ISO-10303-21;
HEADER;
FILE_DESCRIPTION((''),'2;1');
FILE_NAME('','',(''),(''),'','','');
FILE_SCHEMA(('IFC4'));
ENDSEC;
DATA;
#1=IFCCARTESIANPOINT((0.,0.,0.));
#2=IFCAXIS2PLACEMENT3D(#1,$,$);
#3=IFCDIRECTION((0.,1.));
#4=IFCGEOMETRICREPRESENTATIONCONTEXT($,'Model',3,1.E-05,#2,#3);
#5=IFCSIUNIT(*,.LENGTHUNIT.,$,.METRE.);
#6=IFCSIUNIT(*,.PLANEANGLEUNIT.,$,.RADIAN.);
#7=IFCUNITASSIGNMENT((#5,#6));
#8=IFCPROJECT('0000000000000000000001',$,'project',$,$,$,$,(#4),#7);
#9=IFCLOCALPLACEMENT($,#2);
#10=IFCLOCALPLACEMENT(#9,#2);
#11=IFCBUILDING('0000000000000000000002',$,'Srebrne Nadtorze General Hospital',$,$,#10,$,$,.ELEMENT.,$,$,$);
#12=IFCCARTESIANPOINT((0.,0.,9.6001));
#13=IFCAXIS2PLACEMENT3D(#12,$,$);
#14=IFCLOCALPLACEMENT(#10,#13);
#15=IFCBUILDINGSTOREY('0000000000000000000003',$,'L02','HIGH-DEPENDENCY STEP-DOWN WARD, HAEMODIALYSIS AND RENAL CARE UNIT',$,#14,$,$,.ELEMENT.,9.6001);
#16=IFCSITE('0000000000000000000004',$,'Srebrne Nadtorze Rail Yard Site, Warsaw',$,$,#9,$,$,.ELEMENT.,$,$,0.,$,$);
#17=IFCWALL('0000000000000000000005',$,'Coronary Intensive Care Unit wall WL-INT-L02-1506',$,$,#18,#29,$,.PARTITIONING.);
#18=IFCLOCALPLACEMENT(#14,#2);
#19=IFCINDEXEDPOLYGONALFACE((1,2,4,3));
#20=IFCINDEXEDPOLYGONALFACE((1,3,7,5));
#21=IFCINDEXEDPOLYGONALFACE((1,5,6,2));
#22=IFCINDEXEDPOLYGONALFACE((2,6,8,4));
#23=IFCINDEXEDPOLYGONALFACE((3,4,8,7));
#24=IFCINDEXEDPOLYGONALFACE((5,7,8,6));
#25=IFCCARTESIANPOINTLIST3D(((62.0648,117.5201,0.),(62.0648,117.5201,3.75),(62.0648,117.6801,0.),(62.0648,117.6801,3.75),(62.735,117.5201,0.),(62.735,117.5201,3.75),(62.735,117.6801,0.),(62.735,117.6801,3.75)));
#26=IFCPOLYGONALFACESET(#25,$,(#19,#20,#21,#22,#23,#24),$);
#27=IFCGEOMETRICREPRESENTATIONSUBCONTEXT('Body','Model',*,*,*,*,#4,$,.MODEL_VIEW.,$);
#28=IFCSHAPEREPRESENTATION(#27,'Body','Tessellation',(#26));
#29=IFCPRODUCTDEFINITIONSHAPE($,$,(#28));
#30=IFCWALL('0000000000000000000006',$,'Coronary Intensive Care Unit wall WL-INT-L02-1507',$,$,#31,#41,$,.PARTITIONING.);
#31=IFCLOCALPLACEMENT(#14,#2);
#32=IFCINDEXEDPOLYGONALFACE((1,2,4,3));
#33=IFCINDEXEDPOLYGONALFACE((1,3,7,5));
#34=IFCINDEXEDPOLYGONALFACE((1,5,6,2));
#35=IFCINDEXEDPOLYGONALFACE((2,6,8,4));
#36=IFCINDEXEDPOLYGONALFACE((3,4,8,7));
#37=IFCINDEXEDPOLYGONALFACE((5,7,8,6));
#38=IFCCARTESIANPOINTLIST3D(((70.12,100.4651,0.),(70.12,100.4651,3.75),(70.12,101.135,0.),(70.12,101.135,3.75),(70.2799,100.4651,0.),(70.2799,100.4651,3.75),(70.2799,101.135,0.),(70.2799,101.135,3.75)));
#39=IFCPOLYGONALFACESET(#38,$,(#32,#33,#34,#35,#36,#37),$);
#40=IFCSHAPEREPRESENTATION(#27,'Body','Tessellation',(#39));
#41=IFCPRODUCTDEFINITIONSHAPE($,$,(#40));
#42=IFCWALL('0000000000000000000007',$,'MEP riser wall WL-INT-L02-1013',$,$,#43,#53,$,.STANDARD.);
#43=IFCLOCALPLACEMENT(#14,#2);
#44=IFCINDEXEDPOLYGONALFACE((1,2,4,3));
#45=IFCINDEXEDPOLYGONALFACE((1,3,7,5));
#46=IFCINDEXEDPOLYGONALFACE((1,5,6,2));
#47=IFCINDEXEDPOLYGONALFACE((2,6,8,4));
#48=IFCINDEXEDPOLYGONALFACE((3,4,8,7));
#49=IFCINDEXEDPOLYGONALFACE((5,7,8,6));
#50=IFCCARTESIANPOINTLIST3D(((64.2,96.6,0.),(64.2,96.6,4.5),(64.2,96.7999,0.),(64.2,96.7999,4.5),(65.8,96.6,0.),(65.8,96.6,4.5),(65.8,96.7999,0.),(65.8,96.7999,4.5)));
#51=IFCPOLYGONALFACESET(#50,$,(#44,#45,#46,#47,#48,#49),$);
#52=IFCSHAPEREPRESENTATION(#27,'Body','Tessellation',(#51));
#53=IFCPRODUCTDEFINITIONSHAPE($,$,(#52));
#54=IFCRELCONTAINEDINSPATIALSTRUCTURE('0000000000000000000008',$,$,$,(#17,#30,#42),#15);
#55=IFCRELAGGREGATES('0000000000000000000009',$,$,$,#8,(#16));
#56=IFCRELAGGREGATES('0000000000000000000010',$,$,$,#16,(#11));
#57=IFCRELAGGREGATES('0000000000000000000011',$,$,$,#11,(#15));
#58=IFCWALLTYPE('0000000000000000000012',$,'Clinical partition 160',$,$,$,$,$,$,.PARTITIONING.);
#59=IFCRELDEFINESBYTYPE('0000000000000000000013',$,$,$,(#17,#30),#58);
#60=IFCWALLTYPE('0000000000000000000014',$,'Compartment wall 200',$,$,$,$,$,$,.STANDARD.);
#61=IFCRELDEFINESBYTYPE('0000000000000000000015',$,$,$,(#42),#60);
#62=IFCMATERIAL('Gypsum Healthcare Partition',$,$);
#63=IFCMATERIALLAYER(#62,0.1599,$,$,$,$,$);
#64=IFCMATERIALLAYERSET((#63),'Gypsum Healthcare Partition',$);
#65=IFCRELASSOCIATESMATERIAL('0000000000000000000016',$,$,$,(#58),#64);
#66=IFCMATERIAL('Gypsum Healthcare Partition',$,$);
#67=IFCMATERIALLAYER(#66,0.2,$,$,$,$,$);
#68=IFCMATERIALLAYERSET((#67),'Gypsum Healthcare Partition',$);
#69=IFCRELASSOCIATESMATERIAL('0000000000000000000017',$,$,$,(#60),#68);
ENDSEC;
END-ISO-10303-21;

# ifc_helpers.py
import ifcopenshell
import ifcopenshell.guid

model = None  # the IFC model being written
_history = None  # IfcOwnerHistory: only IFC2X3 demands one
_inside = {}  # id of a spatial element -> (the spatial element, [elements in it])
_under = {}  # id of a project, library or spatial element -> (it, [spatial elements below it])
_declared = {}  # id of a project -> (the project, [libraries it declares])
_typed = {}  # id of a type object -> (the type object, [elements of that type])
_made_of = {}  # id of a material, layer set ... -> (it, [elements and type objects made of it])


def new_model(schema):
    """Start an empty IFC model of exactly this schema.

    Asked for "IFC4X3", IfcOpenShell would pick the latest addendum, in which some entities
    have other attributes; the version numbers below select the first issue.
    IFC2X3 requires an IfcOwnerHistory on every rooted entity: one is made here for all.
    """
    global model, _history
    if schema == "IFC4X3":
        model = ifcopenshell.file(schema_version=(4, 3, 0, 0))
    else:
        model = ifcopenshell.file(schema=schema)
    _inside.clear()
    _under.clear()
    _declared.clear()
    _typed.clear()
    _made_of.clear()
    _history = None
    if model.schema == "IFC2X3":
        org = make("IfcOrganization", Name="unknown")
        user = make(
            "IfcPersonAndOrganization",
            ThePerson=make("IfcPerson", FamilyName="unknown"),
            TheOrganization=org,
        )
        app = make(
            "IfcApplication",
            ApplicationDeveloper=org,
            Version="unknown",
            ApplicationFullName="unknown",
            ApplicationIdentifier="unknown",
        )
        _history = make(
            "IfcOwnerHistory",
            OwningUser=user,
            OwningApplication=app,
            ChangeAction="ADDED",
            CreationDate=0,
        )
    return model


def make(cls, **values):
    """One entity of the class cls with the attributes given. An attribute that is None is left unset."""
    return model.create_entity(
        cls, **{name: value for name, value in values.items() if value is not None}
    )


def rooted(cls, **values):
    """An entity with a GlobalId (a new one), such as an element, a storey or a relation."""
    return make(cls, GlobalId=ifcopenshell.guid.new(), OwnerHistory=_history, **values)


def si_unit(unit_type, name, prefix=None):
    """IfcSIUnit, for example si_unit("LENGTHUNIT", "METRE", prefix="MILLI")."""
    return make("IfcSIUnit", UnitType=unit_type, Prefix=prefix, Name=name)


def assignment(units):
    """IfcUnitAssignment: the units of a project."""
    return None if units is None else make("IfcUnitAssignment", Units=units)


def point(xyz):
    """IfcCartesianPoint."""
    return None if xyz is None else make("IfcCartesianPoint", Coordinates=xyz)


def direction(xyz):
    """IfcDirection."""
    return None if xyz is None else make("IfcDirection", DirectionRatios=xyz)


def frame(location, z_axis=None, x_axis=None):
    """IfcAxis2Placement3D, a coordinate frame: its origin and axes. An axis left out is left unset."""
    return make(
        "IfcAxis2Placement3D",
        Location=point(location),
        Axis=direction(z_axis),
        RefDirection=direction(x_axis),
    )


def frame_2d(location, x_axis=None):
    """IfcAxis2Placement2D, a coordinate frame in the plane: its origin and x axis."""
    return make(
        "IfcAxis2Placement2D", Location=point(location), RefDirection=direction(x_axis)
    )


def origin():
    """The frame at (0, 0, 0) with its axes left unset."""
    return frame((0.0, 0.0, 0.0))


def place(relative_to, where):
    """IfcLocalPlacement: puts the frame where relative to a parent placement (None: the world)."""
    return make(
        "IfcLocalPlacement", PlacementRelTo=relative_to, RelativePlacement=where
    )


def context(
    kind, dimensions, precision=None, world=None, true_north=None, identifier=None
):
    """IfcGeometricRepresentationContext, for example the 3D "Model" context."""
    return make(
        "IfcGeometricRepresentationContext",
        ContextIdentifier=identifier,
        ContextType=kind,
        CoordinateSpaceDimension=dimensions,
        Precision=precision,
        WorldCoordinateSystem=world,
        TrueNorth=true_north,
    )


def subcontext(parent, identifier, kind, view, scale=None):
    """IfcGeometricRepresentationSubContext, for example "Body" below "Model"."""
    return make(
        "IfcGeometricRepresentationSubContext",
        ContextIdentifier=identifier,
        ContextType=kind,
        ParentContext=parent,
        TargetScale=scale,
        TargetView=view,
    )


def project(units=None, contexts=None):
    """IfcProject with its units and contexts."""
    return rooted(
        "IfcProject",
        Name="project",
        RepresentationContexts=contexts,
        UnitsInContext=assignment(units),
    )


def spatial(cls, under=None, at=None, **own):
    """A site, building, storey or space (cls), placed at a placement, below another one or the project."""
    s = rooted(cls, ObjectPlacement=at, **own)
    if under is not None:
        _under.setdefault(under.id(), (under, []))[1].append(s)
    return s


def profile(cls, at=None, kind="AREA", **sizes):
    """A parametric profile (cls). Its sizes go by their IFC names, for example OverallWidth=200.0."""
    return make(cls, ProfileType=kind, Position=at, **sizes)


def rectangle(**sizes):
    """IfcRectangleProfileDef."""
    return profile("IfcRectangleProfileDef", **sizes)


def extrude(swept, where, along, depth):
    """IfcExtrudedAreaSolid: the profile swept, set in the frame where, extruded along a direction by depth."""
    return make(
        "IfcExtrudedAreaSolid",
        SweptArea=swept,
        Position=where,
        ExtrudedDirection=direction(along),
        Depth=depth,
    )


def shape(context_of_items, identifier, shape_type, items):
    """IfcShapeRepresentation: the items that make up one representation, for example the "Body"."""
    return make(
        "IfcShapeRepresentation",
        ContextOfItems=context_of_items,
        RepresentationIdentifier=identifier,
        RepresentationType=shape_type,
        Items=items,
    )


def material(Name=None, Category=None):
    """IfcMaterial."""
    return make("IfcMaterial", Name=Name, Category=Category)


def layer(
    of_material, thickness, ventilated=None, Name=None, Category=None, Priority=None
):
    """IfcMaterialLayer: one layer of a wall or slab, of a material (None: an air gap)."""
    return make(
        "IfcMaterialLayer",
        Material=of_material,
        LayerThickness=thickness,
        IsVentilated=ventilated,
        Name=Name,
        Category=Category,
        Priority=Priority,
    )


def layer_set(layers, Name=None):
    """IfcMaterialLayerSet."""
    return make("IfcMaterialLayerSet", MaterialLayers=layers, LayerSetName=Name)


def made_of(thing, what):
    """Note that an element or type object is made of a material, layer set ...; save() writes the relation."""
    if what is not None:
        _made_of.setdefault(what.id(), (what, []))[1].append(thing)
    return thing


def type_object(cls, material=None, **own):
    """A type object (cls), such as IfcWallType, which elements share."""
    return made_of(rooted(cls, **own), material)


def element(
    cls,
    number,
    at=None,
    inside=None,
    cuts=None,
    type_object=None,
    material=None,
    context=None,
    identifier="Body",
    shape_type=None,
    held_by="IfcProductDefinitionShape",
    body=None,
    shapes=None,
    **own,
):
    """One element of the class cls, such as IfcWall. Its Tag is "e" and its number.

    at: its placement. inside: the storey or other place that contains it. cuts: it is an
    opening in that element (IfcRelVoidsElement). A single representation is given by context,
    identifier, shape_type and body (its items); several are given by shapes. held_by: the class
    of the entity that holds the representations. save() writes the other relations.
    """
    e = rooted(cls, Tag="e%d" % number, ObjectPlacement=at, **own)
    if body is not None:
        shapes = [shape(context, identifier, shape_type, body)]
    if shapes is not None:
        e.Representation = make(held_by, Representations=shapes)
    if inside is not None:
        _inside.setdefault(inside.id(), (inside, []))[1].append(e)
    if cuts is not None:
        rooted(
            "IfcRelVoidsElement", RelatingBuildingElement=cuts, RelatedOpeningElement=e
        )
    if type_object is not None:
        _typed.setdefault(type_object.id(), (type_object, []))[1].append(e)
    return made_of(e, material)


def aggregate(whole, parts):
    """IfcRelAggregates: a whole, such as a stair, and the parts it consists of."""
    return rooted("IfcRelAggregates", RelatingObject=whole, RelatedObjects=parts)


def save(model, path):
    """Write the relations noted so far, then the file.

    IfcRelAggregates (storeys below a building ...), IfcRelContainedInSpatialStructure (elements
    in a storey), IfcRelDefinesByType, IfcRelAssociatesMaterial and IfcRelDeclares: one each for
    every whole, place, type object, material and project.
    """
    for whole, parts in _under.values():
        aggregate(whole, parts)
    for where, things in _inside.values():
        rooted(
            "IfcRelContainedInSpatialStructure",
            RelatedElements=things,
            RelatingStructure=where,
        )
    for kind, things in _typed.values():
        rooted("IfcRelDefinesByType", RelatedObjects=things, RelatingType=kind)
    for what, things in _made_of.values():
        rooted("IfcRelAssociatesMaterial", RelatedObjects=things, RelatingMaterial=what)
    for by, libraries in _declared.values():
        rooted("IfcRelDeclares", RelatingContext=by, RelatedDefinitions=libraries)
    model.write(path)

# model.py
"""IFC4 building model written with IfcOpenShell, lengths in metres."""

from ifc_helpers import new_model, si_unit, direction, frame, frame_2d, origin, place, context, subcontext, project, spatial, rectangle, extrude, material, layer, layer_set, type_object, element, save


model = new_model("IFC4")

# Units and contexts
model_context = context("Model", 3, precision=1e-05, world=origin(), true_north=direction((0.0, 1.0)))
body_context = subcontext(model_context, "Body", "Model", "MODEL_VIEW")
ifc_project = project(units=[si_unit("LENGTHUNIT", "METRE"), si_unit("PLANEANGLEUNIT", "RADIAN")], contexts=[model_context])

# Site, building, storey
site_placement = place(None, origin())
site = spatial("IfcSite", under=ifc_project, at=site_placement, Name="Srebrne Nadtorze Rail Yard Site, Warsaw", CompositionType="ELEMENT", RefElevation=0.0)
building_placement = place(site_placement, origin())
building = spatial("IfcBuilding", under=site, at=building_placement, Name="Srebrne Nadtorze General Hospital", CompositionType="ELEMENT")
storey_placement = place(building_placement, frame((0.0, 0.0, 9.6001)))
storey = spatial("IfcBuildingStorey", under=building, at=storey_placement, Name="L02", Description="HIGH-DEPENDENCY STEP-DOWN WARD, HAEMODIALYSIS AND RENAL CARE UNIT", CompositionType="ELEMENT", Elevation=9.6001)

# Walls
ifc_material_1 = material(Name="Gypsum Healthcare Partition")
ifc_layer_1 = layer(ifc_material_1, 0.1599)
ifc_layer_set_1 = layer_set([ifc_layer_1], Name="Gypsum Healthcare Partition")
wall_type_1 = type_object("IfcWallType", Name="Clinical partition 160", PredefinedType="PARTITIONING", material=ifc_layer_set_1)
wall_1_placement = place(storey_placement, frame((62.0649, 117.6001, 0.0), z_axis=(0.0, 0.0, 1.0), x_axis=(1.0, 0.0, 0.0)))
element("IfcWall", 1, at=wall_1_placement, inside=storey, type_object=wall_type_1, Name="Coronary Intensive Care Unit wall WL-INT-L02-1506", PredefinedType="PARTITIONING", context=body_context, shape_type="SweptSolid", body=[
    extrude(rectangle(XDim=0.6702, YDim=0.1599, at=frame_2d((0.335, 0.0))), origin(), (0.0, 0.0, 1.0), 3.75),
])
wall_2_placement = place(storey_placement, frame((70.2, 100.4651, 0.0), z_axis=(0.0, 0.0, 1.0), x_axis=(0.0, 1.0, 0.0)))
element("IfcWall", 2, at=wall_2_placement, inside=storey, type_object=wall_type_1, Name="Coronary Intensive Care Unit wall WL-INT-L02-1507", PredefinedType="PARTITIONING", context=body_context, shape_type="SweptSolid", body=[
    extrude(rectangle(XDim=0.6699, YDim=0.1599, at=frame_2d((0.335, 0.0))), origin(), (0.0, 0.0, 1.0), 3.75),
])
ifc_material_2 = material(Name="Gypsum Healthcare Partition")
ifc_layer_2 = layer(ifc_material_2, 0.2)
ifc_layer_set_2 = layer_set([ifc_layer_2], Name="Gypsum Healthcare Partition")
wall_type_2 = type_object("IfcWallType", Name="Compartment wall 200", PredefinedType="STANDARD", material=ifc_layer_set_2)
wall_3_placement = place(storey_placement, frame((64.2, 96.7, 0.0), z_axis=(0.0, 0.0, 1.0), x_axis=(1.0, 0.0, 0.0)))
element("IfcWall", 3, at=wall_3_placement, inside=storey, type_object=wall_type_2, Name="MEP riser wall WL-INT-L02-1013", PredefinedType="STANDARD", context=body_context, shape_type="SweptSolid", body=[
    extrude(rectangle(XDim=1.6001, YDim=0.2, at=frame_2d((0.8, 0.0))), origin(), (0.0, 0.0, 1.0), 4.5),
])

save(model, "model.ifc")
